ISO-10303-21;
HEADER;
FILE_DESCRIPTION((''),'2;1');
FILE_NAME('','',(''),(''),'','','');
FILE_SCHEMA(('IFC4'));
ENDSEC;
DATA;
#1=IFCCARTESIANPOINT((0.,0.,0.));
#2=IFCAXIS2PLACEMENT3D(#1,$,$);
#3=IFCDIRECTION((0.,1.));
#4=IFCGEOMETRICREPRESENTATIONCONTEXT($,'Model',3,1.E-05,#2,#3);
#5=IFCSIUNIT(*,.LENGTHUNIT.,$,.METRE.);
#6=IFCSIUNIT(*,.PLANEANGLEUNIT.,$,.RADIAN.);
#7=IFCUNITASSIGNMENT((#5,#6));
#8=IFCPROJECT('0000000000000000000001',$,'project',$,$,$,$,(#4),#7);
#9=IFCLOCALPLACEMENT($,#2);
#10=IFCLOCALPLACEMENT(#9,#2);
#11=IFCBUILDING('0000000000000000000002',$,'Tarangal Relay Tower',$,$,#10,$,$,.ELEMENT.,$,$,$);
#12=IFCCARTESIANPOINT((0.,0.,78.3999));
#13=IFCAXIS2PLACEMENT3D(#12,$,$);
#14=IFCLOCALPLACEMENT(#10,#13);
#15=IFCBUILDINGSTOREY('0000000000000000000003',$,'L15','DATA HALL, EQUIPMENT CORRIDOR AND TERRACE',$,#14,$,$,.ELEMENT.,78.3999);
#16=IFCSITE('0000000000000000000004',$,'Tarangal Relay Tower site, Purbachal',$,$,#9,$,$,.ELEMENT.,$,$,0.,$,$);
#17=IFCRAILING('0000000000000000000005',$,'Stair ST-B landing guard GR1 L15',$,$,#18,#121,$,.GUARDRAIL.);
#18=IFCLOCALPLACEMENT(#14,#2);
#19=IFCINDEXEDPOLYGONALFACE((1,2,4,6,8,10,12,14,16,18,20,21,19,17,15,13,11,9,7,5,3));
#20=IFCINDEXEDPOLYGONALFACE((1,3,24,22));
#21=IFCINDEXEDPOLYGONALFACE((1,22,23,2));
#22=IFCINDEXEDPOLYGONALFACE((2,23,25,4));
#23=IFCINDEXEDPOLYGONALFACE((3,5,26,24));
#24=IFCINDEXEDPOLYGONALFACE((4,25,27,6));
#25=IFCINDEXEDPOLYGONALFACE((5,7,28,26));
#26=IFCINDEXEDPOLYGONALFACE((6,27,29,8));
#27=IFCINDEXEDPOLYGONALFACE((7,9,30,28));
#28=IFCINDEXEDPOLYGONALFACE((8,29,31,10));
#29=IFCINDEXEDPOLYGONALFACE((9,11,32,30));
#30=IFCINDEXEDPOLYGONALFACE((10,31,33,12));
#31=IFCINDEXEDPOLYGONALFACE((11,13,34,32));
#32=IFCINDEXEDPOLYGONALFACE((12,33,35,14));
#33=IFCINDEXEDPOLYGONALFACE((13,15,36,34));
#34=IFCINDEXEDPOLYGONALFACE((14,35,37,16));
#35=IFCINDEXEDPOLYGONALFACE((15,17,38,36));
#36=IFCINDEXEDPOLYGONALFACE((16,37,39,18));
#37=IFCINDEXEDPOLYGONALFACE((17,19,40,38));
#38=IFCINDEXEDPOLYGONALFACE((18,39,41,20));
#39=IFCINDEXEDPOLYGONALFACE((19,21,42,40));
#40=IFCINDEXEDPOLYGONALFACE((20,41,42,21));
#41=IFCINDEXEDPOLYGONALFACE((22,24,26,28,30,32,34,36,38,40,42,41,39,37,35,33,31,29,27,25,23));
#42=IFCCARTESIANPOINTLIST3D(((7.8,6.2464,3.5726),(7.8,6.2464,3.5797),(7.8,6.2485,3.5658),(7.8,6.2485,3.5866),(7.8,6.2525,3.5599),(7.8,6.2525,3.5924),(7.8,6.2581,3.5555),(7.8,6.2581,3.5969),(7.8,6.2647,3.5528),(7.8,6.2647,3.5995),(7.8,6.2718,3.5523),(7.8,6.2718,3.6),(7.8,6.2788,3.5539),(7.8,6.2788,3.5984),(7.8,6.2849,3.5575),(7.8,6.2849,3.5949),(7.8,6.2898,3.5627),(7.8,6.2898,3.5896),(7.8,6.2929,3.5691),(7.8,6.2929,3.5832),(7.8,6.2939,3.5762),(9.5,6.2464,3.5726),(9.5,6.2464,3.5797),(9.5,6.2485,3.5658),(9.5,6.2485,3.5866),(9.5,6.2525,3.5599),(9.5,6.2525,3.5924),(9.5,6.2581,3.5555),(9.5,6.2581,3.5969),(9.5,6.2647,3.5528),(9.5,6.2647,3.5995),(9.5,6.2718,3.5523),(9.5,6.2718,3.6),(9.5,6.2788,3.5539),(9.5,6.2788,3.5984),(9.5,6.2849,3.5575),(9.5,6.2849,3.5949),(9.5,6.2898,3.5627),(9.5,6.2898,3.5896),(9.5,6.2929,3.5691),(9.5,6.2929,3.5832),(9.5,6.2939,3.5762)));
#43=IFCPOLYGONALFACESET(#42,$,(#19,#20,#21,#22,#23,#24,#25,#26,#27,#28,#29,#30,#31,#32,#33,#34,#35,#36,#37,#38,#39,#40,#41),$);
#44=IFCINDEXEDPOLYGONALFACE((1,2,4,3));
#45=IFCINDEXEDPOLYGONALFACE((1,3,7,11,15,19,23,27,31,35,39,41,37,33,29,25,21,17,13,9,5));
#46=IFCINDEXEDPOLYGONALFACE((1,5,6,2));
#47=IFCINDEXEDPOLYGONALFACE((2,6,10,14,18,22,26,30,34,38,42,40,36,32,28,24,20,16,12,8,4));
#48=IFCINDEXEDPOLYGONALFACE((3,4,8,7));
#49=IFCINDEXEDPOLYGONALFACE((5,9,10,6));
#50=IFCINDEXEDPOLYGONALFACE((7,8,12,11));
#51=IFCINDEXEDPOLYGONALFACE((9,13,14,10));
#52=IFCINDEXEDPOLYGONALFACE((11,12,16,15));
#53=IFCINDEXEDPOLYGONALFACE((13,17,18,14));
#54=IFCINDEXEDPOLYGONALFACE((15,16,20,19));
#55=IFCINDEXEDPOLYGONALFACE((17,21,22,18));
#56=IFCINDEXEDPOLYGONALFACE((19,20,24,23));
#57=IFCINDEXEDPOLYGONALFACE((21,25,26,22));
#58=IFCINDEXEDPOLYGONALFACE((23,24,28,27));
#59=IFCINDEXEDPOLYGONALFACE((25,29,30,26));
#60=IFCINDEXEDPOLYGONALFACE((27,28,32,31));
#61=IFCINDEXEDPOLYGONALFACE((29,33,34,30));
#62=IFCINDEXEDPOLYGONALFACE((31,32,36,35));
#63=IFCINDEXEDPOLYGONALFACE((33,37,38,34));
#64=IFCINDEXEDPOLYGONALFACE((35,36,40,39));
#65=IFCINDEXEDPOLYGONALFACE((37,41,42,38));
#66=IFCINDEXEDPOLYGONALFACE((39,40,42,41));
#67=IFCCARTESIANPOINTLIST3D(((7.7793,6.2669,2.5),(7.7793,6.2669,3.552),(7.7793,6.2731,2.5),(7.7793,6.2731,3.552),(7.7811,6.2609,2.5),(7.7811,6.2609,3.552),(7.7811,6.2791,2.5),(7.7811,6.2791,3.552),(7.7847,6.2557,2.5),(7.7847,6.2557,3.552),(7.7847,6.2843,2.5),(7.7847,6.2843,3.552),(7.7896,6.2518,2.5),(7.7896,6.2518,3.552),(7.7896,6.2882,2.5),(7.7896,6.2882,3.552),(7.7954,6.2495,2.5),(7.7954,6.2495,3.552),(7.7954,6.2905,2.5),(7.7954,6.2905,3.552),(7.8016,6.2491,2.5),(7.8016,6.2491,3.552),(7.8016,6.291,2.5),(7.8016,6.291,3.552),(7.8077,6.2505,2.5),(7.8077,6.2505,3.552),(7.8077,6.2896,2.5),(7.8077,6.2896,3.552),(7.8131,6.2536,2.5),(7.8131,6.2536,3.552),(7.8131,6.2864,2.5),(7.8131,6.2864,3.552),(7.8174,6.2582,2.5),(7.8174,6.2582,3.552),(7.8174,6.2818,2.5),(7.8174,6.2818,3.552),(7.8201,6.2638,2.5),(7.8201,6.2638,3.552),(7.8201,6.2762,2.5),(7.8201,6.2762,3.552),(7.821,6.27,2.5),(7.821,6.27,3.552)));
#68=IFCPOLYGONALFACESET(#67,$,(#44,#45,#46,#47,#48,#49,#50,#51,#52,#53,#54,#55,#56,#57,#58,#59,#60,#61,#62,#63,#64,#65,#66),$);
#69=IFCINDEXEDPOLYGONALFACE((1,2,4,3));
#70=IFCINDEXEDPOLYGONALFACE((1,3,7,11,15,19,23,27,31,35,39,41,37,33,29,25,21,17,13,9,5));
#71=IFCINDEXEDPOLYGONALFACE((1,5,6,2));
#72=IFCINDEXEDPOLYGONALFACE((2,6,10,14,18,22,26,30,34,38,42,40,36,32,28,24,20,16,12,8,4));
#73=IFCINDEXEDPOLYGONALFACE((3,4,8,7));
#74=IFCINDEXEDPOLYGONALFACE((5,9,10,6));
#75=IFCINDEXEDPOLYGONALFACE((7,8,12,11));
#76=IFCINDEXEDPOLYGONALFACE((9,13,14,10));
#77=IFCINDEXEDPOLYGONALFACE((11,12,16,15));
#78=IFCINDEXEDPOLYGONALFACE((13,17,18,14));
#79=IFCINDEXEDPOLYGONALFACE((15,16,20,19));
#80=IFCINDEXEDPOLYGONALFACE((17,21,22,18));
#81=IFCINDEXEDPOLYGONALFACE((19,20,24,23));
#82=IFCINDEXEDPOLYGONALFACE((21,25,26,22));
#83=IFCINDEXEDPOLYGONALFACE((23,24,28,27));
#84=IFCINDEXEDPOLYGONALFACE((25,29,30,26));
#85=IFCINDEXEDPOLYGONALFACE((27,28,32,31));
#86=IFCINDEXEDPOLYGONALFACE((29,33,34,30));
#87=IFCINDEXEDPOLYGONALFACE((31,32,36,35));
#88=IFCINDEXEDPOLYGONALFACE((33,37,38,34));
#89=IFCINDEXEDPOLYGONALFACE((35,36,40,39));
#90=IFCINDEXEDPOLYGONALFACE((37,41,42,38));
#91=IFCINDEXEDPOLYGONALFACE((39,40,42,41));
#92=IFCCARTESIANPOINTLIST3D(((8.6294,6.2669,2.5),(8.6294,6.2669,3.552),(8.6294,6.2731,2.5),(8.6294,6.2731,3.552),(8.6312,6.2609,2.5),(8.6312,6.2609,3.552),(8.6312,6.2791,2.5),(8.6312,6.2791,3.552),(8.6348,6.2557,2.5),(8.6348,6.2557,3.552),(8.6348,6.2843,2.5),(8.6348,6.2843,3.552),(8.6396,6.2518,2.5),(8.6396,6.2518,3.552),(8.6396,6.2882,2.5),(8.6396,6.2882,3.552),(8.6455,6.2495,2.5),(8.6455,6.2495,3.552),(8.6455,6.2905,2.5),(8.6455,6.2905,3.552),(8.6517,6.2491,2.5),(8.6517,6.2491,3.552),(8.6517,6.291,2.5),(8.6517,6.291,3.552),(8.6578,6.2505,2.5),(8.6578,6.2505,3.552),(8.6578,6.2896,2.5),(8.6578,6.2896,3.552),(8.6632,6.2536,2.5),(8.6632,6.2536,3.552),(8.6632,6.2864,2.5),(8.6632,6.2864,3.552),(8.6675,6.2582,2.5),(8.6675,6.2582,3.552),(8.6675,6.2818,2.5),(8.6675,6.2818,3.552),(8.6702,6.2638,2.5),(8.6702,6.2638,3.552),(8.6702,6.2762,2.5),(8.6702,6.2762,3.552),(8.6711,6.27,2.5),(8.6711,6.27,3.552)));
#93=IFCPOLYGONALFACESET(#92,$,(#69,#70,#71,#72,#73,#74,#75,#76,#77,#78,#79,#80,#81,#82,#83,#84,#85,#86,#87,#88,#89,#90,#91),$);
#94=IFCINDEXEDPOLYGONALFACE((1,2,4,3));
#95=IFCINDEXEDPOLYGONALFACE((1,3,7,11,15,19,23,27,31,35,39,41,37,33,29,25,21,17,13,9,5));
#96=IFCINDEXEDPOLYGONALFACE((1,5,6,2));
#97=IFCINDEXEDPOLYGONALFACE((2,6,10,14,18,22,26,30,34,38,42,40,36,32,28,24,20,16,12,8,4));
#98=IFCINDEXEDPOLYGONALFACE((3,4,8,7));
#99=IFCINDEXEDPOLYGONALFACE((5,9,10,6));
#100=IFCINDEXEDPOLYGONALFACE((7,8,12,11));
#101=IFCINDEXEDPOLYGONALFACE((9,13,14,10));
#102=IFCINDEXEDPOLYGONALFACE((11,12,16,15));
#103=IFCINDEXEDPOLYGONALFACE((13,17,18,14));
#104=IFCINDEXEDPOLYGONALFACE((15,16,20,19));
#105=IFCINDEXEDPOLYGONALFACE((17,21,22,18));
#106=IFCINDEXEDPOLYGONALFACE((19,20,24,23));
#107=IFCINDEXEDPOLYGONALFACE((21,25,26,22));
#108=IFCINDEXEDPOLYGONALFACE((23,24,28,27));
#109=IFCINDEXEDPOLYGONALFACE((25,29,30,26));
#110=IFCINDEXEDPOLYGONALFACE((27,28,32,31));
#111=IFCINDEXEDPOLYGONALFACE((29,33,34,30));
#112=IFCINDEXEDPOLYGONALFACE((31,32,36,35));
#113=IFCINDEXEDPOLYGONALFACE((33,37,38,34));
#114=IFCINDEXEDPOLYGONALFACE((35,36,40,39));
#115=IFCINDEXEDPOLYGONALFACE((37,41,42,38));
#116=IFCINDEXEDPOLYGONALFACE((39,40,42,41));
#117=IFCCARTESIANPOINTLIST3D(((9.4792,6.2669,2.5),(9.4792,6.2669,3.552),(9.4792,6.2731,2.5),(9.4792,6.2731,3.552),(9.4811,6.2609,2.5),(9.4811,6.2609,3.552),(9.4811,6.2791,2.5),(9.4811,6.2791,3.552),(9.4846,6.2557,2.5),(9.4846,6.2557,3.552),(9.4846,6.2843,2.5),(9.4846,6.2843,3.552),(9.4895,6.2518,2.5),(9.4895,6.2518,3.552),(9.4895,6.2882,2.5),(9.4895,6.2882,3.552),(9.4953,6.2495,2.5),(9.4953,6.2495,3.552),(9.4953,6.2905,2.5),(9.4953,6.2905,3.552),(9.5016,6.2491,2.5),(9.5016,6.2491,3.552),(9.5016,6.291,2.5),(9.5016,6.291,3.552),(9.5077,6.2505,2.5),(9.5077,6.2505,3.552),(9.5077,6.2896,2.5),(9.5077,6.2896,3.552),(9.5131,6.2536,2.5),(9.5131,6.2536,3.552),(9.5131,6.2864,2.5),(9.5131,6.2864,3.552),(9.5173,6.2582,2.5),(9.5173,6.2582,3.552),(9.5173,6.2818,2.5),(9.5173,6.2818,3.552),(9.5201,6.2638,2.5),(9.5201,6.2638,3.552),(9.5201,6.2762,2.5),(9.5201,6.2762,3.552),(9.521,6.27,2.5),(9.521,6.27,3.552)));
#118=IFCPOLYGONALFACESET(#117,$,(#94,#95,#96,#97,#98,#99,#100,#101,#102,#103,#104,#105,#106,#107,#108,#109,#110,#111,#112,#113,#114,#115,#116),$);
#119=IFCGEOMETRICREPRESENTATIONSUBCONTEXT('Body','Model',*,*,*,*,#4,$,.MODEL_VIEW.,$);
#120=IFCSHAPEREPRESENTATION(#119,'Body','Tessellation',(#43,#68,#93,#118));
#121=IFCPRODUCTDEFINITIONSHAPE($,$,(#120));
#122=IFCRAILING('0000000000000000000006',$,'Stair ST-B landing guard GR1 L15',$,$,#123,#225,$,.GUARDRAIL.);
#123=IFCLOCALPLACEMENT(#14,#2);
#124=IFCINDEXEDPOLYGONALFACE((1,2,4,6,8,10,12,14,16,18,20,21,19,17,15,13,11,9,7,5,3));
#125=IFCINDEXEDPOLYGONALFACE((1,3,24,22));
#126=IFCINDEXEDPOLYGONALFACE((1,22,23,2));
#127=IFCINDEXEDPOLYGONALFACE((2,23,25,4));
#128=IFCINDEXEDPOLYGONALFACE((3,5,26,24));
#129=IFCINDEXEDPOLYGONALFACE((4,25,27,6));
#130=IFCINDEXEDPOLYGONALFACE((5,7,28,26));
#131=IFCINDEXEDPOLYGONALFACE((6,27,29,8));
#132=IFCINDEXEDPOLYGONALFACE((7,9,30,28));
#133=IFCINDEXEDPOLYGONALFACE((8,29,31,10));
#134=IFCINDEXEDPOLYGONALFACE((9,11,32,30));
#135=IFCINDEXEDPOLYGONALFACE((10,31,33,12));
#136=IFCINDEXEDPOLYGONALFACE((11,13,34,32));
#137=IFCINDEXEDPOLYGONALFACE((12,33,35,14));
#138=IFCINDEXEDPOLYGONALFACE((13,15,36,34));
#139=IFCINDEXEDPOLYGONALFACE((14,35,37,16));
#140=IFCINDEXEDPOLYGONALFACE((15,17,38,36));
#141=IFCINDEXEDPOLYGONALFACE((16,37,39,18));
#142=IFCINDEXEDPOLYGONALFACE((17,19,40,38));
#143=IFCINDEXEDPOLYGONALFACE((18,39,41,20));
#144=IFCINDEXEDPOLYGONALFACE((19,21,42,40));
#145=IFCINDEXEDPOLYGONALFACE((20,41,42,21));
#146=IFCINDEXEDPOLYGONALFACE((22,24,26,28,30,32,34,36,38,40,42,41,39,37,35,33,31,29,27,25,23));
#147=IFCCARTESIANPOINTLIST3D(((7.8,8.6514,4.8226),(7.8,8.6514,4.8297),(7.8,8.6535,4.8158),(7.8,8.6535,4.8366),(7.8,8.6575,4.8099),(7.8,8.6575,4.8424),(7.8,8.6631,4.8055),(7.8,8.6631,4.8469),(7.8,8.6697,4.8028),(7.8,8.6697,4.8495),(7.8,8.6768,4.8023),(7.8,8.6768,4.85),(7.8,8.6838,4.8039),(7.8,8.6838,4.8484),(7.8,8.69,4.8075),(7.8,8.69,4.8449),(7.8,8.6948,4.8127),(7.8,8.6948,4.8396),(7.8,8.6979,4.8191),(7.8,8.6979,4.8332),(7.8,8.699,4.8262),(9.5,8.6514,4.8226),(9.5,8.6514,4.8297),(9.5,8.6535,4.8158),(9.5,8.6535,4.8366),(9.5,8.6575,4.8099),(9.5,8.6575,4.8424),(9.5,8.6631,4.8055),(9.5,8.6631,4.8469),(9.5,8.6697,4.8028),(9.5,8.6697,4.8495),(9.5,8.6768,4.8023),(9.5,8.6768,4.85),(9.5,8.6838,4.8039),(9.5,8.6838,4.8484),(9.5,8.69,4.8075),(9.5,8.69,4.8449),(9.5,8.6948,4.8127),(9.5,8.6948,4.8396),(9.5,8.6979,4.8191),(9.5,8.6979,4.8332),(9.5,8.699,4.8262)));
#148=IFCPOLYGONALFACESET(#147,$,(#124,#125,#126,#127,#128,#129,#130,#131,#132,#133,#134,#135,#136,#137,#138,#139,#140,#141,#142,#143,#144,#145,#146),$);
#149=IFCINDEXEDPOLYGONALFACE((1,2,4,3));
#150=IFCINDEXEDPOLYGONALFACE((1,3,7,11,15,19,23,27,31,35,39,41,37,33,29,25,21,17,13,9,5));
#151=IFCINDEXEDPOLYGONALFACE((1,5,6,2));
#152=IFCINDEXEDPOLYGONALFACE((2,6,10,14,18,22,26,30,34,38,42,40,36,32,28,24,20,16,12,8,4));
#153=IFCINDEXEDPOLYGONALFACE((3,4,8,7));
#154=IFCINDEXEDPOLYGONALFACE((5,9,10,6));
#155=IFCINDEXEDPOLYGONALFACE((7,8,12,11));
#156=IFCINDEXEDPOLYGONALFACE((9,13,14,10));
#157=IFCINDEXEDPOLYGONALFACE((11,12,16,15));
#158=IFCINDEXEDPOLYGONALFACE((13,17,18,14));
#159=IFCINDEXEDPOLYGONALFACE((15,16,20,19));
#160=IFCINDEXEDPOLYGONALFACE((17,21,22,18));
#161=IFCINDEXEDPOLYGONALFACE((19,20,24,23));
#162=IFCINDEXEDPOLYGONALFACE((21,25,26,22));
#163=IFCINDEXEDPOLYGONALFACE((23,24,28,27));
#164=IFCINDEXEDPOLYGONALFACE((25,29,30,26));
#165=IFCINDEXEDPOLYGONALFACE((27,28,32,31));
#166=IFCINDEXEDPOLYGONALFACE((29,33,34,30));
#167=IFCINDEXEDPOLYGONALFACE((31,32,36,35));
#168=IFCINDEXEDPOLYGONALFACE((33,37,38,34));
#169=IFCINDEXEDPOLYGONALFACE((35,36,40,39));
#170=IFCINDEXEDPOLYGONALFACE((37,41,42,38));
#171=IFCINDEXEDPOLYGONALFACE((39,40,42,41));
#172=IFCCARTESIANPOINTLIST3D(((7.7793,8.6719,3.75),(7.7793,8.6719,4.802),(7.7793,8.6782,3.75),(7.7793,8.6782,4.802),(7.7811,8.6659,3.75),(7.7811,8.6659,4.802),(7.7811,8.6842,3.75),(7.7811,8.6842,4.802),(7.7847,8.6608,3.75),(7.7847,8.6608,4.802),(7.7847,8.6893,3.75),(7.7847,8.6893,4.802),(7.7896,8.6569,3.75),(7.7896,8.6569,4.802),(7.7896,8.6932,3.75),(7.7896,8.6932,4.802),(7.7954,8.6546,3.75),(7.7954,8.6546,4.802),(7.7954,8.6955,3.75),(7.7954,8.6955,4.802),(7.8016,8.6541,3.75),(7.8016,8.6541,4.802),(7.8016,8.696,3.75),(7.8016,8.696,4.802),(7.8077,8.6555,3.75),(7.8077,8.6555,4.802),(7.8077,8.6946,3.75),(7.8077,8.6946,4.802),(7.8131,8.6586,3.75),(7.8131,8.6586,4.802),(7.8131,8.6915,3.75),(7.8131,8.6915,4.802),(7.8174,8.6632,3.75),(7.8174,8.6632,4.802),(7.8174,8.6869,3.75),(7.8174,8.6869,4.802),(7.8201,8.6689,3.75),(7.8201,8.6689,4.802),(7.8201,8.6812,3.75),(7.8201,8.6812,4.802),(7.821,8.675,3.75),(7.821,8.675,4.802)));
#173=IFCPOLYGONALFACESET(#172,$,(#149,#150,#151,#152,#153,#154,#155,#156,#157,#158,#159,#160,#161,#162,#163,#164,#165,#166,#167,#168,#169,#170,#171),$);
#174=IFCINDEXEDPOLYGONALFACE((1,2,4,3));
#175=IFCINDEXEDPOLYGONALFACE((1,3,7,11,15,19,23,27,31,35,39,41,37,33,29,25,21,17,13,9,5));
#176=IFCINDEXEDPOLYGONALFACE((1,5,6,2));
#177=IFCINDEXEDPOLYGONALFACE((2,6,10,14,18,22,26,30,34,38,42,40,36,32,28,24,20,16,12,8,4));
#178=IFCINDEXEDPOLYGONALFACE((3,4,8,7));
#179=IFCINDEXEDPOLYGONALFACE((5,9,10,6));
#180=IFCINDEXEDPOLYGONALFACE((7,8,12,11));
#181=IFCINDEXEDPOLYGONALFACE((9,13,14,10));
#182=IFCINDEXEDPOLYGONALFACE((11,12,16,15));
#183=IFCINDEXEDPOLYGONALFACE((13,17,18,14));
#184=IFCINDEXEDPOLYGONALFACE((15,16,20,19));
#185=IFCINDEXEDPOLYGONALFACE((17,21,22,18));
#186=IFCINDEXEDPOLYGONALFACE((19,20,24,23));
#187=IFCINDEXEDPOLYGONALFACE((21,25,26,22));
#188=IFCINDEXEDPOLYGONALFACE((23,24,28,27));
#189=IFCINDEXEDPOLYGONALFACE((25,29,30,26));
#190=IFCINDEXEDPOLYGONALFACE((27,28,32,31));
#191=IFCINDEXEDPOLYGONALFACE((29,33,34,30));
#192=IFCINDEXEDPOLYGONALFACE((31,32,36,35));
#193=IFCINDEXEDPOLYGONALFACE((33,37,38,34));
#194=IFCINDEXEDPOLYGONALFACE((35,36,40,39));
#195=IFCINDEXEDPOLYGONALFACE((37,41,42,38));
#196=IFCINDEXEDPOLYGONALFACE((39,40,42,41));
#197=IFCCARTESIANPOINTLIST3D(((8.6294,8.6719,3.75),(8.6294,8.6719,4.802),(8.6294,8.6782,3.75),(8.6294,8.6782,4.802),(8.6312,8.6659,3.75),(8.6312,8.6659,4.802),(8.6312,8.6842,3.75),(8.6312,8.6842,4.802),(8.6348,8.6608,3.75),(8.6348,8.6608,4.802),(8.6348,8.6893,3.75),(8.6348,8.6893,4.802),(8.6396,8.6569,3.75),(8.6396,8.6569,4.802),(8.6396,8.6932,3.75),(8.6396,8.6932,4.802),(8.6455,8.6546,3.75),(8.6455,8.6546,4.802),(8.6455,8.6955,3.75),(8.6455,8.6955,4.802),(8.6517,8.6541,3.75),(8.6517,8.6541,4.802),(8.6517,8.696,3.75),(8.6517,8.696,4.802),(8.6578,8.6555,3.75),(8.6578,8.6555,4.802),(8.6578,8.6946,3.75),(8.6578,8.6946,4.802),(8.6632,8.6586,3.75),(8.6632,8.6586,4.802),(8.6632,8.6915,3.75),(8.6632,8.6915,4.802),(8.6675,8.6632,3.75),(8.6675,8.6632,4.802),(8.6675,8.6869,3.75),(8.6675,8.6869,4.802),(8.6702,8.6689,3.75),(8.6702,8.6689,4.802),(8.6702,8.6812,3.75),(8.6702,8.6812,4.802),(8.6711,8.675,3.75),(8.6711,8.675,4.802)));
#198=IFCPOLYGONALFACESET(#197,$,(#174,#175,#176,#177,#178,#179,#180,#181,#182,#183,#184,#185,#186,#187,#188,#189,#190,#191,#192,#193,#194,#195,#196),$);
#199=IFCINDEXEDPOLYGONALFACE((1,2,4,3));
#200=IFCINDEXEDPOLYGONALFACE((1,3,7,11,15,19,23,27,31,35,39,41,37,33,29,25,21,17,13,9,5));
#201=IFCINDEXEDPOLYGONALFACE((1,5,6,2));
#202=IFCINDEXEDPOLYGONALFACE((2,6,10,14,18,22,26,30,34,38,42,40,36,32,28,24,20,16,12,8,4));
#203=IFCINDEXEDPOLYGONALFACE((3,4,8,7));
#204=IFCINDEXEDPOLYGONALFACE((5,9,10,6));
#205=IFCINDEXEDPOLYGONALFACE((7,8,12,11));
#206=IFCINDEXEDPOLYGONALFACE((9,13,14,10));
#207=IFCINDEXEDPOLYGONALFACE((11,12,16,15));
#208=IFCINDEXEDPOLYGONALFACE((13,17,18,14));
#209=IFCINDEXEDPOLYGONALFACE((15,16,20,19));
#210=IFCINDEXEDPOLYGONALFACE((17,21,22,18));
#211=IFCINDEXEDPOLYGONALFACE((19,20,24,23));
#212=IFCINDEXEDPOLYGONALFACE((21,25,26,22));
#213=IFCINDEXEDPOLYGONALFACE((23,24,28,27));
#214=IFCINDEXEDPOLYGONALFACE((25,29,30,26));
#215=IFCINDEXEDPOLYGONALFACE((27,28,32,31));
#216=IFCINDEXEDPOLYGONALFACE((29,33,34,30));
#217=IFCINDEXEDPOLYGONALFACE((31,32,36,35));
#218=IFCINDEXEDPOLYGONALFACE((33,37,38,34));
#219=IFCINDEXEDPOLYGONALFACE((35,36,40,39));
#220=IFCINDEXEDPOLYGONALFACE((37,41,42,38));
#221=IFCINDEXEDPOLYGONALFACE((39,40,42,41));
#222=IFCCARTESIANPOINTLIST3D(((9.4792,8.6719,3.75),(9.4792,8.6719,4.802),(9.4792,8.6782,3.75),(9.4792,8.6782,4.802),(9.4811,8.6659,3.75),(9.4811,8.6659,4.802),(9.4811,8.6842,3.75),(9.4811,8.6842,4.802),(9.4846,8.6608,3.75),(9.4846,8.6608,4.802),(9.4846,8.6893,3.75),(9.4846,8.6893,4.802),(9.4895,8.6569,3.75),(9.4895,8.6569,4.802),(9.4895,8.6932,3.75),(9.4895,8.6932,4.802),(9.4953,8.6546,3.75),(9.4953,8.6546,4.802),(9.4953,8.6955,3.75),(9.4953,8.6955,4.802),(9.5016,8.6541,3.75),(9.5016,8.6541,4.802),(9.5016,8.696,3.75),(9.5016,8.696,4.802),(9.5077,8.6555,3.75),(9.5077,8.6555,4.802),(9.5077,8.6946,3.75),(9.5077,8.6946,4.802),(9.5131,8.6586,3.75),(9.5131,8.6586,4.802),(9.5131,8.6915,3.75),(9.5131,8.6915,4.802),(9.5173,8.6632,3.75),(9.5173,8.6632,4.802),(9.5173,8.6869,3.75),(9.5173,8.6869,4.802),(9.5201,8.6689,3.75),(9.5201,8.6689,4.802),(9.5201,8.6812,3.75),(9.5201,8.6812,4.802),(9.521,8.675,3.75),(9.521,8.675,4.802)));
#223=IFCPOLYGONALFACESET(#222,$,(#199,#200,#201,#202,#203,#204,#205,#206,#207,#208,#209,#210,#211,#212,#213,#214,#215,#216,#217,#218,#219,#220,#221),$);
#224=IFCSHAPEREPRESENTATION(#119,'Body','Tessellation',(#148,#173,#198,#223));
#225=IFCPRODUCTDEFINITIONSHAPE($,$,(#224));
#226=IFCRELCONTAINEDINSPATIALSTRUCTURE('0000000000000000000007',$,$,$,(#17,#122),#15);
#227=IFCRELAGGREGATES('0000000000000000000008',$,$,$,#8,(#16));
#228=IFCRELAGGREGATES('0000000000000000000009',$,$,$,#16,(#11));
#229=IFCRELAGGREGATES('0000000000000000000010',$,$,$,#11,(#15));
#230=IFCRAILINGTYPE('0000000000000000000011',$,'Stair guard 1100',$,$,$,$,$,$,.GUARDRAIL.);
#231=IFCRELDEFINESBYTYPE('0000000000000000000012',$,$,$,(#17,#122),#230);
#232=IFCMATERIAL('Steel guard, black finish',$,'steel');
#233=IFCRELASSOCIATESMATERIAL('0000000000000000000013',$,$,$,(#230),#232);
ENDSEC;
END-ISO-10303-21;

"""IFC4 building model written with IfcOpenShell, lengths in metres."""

from ifc_helpers import new_model, si_unit, direction, frame, origin, origin_2d, place, context, subcontext, project, spatial, circle, extrude, material, type_object, element, save


model = new_model("IFC4")

# Units and contexts
model_context = context("Model", 3, precision=1e-05, world=origin(), true_north=direction((0.0, 1.0)))
body_context = subcontext(model_context, "Body", "Model", "MODEL_VIEW")
ifc_project = project(units=[si_unit("LENGTHUNIT", "METRE"), si_unit("PLANEANGLEUNIT", "RADIAN")], contexts=[model_context])

# Site, building, storey
site_placement = place(None, origin())
site = spatial("IfcSite", under=ifc_project, at=site_placement, Name="Tarangal Relay Tower site, Purbachal", CompositionType="ELEMENT", RefElevation=0.0)
building_placement = place(site_placement, origin())
building = spatial("IfcBuilding", under=site, at=building_placement, Name="Tarangal Relay Tower", CompositionType="ELEMENT")
storey_placement = place(building_placement, frame((0.0, 0.0, 78.3999)))
storey = spatial("IfcBuildingStorey", under=building, at=storey_placement, Name="L15", Description="DATA HALL, EQUIPMENT CORRIDOR AND TERRACE", CompositionType="ELEMENT", Elevation=78.3999)

# Railings
ifc_material_1 = material(Name="Steel guard, black finish", Category="steel")
railing_type_1 = type_object("IfcRailingType", Name="Stair guard 1100", PredefinedType="GUARDRAIL", material=ifc_material_1)
for number, where, name in (
    (1, (7.8, 6.27, 2.5), "Stair ST-B landing guard GR1 L15"),
    (2, (7.8, 8.675, 3.75), "Stair ST-B landing guard GR1 L15"),
):
    element("IfcRailing", number, at=place(storey_placement, frame(where)), inside=storey, type_object=railing_type_1, Name=name, PredefinedType="GUARDRAIL", context=body_context, shape_type="SweptSolid", body=[
        extrude(circle(Radius=0.0239, at=origin_2d()), frame((0.0, 0.0, 1.0762), z_axis=(1.0, 0.0, 0.0), x_axis=(0.0, 1.0, 0.0)), (0.0, 0.0, 1.0), 1.7),
        extrude(circle(Radius=0.021, at=origin_2d()), origin(), (0.0, 0.0, 1.0), 1.052),
        extrude(circle(Radius=0.021, at=origin_2d()), frame((0.8501, 0.0, 0.0)), (0.0, 0.0, 1.0), 1.052),
        extrude(circle(Radius=0.021, at=origin_2d()), frame((1.7, 0.0, 0.0)), (0.0, 0.0, 1.0), 1.052),
    ])

save(model, "model.ifc")
